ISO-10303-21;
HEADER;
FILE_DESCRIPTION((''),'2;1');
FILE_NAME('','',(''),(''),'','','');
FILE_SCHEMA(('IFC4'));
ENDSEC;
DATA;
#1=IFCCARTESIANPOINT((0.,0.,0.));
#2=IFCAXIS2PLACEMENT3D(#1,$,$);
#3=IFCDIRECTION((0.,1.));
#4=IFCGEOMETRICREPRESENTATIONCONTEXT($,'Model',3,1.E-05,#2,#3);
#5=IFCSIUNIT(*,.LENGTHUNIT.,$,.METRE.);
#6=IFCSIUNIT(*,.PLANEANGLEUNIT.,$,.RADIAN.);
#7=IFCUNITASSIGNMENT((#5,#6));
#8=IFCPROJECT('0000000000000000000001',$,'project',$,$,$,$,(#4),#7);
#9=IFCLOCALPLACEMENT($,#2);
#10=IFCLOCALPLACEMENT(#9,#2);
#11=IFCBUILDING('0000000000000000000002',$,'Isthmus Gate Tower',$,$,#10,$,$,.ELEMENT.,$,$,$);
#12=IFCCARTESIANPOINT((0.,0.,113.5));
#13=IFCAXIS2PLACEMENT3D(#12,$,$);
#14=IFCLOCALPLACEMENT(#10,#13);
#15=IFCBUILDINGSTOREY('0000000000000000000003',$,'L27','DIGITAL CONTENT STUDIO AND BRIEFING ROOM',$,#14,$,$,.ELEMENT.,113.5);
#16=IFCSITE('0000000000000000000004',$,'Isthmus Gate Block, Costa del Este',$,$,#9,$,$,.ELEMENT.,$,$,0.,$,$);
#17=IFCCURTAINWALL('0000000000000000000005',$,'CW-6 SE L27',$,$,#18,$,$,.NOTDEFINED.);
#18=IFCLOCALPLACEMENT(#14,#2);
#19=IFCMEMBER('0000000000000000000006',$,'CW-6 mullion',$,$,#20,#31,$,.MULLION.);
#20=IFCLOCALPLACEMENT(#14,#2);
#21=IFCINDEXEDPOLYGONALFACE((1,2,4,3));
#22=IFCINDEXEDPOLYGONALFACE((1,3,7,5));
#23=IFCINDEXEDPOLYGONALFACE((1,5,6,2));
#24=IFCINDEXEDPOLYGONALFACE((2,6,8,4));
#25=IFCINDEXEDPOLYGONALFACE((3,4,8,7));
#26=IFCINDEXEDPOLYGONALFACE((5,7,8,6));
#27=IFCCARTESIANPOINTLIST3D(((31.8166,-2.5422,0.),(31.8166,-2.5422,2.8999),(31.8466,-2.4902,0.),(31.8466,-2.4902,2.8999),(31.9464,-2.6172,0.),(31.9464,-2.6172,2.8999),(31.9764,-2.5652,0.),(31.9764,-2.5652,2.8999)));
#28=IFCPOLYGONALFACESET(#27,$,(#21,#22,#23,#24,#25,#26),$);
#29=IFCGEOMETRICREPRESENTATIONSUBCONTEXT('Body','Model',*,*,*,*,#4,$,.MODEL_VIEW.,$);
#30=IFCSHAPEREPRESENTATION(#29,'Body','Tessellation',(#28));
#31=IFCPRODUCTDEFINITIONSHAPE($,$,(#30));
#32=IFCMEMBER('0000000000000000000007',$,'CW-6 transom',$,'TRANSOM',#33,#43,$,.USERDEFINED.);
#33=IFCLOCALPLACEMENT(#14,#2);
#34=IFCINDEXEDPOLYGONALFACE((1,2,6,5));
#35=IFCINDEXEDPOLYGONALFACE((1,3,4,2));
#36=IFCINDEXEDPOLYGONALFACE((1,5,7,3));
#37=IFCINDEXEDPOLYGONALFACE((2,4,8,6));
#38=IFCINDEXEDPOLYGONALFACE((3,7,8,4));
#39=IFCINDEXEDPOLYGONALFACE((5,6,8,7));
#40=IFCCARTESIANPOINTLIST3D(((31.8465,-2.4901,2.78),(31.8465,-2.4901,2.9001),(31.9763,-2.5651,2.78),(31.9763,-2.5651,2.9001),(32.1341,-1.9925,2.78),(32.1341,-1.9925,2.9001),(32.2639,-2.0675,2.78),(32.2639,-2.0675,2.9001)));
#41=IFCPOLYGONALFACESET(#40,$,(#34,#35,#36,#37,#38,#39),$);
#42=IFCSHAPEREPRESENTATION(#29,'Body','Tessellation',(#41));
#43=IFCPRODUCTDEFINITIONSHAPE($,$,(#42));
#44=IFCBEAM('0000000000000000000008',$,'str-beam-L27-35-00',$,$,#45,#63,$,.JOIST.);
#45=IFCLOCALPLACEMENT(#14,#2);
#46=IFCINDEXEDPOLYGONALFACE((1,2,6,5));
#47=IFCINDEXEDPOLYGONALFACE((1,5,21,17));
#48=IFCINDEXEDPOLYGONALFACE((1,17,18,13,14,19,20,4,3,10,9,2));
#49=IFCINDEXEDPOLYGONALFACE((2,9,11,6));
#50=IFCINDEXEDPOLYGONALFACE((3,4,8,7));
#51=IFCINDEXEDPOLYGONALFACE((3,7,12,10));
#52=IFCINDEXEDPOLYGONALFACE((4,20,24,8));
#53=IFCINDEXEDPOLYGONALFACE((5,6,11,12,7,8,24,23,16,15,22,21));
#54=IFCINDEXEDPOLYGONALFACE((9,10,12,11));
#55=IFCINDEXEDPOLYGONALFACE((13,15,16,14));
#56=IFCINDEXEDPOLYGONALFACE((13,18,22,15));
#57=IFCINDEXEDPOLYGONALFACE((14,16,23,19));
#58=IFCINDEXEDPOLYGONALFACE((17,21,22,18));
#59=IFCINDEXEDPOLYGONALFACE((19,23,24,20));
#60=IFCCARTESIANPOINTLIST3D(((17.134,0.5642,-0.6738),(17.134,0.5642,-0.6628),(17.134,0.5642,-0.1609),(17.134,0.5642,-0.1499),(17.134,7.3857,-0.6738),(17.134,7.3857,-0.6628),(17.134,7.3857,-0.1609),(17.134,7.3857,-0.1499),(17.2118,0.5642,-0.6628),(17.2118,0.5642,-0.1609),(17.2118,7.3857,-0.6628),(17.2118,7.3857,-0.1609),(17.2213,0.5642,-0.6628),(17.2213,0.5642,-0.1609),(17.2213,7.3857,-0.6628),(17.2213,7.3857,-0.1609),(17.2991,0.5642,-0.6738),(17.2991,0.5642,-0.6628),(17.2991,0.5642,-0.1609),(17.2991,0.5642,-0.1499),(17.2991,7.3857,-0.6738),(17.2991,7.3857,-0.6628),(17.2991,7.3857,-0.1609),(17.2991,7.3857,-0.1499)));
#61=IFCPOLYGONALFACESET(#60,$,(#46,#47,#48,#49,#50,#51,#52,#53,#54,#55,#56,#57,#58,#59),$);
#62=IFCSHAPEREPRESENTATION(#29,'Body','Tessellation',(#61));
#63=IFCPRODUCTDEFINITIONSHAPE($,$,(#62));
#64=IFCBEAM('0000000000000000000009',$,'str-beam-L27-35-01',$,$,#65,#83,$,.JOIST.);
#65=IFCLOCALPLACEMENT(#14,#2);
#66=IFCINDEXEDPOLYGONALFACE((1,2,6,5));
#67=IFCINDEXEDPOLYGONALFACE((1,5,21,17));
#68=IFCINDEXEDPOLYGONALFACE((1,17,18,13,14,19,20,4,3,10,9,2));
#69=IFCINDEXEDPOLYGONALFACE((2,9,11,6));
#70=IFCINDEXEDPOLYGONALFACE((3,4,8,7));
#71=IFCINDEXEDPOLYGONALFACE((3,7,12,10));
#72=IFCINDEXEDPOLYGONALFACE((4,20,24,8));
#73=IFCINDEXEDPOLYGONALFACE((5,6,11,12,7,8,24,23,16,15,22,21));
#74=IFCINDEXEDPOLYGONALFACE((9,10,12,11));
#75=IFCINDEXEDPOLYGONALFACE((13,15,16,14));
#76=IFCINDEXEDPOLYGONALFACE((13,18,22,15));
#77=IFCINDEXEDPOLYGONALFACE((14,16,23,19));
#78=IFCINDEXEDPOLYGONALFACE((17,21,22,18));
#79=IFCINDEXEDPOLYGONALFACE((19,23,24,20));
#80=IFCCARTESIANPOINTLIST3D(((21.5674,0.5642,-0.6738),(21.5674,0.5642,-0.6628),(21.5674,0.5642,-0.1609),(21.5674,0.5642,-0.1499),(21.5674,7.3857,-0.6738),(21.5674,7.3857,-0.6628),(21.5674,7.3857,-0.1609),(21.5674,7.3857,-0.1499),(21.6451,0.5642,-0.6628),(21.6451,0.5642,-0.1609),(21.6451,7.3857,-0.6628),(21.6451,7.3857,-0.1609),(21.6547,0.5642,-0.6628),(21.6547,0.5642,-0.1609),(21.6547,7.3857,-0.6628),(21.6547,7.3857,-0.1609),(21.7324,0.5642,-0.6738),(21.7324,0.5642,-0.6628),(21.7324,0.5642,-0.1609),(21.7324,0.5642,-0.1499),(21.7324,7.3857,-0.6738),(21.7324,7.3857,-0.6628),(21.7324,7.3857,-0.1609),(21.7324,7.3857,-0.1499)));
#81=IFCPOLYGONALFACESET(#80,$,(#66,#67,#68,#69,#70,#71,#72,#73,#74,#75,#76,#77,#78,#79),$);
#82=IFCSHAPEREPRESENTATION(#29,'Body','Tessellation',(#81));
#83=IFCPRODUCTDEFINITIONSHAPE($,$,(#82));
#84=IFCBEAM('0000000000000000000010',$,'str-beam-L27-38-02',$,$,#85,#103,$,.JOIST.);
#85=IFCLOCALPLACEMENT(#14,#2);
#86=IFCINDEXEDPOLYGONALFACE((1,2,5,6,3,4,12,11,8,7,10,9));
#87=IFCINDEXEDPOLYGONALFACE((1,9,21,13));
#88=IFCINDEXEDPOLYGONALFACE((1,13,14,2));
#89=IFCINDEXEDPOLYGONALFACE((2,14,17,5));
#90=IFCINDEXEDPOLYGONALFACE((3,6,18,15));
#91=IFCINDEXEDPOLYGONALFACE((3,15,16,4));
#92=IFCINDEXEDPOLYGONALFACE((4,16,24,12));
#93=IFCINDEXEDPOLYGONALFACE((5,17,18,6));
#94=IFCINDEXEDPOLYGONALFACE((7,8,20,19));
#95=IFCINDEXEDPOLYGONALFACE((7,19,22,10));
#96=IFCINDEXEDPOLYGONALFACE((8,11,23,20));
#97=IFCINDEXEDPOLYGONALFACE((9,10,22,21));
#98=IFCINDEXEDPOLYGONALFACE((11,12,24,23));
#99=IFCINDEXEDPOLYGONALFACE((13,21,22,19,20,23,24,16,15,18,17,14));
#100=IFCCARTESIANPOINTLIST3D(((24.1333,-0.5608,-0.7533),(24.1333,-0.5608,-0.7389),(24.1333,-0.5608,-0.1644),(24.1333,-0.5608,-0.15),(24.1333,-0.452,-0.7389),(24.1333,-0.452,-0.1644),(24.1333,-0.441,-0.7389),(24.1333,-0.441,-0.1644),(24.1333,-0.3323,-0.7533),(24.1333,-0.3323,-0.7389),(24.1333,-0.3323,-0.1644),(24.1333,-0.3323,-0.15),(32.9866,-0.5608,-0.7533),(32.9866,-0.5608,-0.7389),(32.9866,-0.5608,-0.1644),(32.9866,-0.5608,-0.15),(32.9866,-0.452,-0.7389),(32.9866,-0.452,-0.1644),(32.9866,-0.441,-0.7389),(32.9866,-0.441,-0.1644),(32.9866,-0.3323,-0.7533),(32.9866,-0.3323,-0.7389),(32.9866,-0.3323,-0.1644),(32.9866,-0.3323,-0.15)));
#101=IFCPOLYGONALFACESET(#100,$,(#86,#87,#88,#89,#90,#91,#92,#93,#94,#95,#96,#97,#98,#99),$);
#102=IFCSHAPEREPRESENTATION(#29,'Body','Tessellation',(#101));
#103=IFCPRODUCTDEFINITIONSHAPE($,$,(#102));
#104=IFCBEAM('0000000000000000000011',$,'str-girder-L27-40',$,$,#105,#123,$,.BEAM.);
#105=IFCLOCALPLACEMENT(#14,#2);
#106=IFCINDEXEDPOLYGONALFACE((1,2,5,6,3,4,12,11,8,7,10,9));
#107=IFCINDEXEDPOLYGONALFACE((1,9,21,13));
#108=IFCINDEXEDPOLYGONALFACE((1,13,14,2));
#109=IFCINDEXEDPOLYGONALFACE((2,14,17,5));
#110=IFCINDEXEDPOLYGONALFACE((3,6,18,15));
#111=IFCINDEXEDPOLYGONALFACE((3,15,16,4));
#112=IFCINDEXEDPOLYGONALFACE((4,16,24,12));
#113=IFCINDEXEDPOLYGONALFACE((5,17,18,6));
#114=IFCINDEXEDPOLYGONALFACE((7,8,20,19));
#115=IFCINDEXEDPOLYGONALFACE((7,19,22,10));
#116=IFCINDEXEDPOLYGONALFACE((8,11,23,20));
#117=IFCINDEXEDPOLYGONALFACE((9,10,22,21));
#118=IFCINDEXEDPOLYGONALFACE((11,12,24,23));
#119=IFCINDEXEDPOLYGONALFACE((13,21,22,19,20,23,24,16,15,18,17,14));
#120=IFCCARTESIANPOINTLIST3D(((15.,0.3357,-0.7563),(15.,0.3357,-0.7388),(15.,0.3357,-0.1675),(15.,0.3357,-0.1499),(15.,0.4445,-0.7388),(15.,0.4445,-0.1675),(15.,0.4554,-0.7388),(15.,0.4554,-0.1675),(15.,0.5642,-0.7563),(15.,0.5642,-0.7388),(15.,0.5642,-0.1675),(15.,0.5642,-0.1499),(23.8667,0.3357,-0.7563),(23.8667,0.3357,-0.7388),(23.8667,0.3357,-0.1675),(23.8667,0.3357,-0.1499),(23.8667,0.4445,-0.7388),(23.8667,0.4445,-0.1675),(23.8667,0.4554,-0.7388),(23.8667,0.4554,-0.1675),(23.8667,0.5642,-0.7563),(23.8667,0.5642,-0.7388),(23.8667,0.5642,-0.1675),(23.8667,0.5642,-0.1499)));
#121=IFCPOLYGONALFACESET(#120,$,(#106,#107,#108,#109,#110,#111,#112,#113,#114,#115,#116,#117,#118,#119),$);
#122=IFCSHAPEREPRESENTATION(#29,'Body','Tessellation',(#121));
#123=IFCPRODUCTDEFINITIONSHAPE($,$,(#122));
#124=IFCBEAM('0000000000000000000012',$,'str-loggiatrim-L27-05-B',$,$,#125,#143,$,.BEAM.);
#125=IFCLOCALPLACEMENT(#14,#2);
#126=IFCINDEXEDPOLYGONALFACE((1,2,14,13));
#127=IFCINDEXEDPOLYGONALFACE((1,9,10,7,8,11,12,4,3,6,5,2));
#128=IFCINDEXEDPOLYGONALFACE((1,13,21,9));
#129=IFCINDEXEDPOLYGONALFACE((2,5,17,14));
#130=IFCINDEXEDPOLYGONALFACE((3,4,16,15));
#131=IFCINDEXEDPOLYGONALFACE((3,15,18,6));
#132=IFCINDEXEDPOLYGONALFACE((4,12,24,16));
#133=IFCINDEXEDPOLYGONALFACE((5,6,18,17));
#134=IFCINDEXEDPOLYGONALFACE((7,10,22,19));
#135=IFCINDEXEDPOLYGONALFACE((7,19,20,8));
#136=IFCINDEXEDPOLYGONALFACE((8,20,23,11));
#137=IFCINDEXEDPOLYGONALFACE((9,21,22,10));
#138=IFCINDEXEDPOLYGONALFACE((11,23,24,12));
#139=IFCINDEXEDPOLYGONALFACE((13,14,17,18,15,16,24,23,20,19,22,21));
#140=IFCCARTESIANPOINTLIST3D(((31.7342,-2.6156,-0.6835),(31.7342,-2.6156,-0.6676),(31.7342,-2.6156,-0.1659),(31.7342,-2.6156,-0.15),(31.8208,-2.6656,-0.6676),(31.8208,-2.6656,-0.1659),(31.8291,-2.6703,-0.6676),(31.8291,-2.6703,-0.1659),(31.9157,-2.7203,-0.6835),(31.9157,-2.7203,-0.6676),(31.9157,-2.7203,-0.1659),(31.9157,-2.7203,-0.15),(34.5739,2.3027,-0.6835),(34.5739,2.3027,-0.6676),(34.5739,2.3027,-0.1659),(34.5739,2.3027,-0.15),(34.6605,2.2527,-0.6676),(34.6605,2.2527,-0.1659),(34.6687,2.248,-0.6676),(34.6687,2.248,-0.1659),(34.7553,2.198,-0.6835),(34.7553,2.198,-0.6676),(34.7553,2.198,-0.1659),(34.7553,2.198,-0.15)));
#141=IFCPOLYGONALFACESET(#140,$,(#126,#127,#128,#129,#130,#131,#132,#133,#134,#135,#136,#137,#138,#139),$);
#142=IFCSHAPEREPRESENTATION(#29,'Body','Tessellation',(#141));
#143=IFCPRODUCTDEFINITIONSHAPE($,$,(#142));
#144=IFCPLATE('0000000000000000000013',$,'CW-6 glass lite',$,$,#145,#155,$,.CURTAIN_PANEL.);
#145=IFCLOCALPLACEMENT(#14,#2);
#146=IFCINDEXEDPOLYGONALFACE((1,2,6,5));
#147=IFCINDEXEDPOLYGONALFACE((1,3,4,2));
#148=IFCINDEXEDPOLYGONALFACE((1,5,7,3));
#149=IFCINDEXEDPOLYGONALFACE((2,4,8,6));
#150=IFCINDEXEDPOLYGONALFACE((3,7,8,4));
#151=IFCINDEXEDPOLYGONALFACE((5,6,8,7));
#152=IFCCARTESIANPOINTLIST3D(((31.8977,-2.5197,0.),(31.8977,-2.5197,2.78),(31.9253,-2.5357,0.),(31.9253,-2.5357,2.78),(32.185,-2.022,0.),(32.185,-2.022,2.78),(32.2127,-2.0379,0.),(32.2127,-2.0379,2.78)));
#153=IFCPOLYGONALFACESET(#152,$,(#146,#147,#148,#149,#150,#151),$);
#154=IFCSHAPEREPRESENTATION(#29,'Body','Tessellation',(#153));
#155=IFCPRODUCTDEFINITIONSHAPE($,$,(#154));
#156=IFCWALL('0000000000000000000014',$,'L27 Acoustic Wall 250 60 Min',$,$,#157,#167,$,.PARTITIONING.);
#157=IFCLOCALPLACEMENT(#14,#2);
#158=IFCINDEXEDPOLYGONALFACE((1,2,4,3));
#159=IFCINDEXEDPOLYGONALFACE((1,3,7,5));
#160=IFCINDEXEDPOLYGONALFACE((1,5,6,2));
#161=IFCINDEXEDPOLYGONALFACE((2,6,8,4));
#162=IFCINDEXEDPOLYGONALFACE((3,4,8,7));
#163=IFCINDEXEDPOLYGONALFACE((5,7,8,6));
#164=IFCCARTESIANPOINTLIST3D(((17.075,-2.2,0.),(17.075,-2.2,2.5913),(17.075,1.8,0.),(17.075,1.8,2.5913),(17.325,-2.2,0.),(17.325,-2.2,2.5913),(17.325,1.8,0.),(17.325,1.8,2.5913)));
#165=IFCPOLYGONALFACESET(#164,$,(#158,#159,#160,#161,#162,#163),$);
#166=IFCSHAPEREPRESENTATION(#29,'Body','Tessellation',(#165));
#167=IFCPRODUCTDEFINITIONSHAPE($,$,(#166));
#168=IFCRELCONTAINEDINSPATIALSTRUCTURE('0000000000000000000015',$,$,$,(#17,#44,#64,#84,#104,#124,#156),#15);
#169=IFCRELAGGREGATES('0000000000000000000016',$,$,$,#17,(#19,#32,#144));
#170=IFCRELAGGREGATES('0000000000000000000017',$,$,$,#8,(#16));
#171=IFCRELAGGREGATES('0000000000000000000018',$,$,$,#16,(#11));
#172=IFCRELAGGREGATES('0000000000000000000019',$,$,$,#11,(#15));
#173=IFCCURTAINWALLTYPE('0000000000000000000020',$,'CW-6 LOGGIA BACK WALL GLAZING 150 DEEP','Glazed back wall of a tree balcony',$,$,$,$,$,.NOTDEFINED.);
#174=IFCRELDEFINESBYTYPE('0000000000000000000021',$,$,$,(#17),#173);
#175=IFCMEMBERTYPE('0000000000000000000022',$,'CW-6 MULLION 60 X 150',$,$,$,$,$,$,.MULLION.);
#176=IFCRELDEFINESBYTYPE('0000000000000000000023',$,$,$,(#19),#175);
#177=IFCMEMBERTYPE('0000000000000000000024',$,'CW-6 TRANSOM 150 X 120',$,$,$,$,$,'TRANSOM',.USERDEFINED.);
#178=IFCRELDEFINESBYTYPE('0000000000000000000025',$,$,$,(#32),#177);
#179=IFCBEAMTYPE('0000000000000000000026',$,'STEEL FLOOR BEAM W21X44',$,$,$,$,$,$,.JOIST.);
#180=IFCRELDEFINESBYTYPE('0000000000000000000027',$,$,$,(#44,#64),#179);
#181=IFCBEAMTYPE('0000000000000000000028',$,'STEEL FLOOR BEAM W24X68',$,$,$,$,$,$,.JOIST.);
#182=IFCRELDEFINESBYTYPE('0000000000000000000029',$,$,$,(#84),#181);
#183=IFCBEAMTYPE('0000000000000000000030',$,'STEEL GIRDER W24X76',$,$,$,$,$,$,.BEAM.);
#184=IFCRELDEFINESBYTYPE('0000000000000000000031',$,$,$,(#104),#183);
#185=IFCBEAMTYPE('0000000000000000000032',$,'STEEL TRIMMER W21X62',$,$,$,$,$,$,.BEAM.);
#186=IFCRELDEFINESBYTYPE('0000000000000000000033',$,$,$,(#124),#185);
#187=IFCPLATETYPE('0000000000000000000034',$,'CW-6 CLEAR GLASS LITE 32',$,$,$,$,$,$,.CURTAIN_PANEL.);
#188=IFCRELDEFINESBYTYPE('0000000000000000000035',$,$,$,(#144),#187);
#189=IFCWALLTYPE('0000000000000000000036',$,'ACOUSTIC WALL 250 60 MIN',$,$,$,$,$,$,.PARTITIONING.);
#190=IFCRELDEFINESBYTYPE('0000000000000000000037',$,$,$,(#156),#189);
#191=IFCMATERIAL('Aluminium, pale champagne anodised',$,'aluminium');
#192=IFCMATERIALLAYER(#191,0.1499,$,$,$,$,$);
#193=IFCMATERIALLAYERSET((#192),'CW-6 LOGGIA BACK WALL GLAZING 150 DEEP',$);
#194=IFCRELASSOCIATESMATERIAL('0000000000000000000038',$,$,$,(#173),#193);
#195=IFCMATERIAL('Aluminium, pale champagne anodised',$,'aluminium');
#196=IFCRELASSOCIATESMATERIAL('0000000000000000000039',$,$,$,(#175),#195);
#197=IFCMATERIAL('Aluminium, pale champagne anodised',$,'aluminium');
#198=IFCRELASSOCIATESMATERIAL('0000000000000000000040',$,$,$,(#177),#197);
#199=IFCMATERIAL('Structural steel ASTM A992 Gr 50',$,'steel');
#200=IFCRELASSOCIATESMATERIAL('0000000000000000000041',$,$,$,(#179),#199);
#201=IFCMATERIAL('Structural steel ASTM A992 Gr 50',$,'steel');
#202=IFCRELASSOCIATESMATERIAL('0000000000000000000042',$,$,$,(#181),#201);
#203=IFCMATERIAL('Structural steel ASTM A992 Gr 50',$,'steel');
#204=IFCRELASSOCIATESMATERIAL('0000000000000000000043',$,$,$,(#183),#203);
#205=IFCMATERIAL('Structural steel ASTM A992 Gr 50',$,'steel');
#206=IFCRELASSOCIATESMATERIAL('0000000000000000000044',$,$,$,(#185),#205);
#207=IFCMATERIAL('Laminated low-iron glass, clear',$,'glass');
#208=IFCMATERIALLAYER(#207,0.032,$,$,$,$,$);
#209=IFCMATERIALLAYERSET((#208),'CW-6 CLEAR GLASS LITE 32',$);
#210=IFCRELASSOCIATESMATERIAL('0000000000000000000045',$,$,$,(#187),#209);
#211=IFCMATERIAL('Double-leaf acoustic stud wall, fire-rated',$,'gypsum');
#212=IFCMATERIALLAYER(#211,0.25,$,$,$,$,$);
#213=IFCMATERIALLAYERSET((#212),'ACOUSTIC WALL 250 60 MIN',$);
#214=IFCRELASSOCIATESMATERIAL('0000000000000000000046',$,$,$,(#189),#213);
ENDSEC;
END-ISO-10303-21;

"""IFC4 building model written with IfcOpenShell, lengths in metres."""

from ifc_helpers import new_model, si_unit, direction, frame, frame_2d, origin, origin_2d, place, context, subcontext, project, spatial, rectangle, i_section, extrude, material, layer, layer_set, material_profile, profile_set, type_object, element, aggregate, save


model = new_model("IFC4")

# Units and contexts
model_context = context("Model", 3, precision=1e-05, world=origin(), true_north=direction((0.0, 1.0)))
body_context = subcontext(model_context, "Body", "Model", "MODEL_VIEW")
ifc_project = project(units=[si_unit("LENGTHUNIT", "METRE"), si_unit("PLANEANGLEUNIT", "RADIAN")], contexts=[model_context])

# Site, building, storey
site_placement = place(None, origin())
site = spatial("IfcSite", under=ifc_project, at=site_placement, Name="Isthmus Gate Block, Costa del Este", CompositionType="ELEMENT", RefElevation=0.0)
building_placement = place(site_placement, origin())
building = spatial("IfcBuilding", under=site, at=building_placement, Name="Isthmus Gate Tower", CompositionType="ELEMENT")
storey_placement = place(building_placement, frame((0.0, 0.0, 113.5)))
storey = spatial("IfcBuildingStorey", under=building, at=storey_placement, Name="L27", Description="DIGITAL CONTENT STUDIO AND BRIEFING ROOM", CompositionType="ELEMENT", Elevation=113.5)

# Curtain wall, members
ifc_material_1 = material(Name="Aluminium, pale champagne anodised", Category="aluminium")
ifc_layer_1 = layer(ifc_material_1, 0.1499)
ifc_layer_set_1 = layer_set([ifc_layer_1], Name="CW-6 LOGGIA BACK WALL GLAZING 150 DEEP")
curtain_wall_type = type_object("IfcCurtainWallType", Name="CW-6 LOGGIA BACK WALL GLAZING 150 DEEP", Description="Glazed back wall of a tree balcony", PredefinedType="NOTDEFINED", material=ifc_layer_set_1)
curtain_wall_placement = place(storey_placement, origin())
curtain_wall = element("IfcCurtainWall", 1, at=curtain_wall_placement, inside=storey, type_object=curtain_wall_type, Name="CW-6 SE L27", PredefinedType="NOTDEFINED")
ifc_material_2 = material(Name="Aluminium, pale champagne anodised", Category="aluminium")
ifc_material_profile_1 = material_profile(ifc_material_2, rectangle(XDim=0.0601, YDim=0.1499, at=origin_2d()), Name="60x150")
ifc_profile_set_1 = profile_set([ifc_material_profile_1], Name="Aluminium, pale champagne anodised")
member_type_1 = type_object("IfcMemberType", Name="CW-6 MULLION 60 X 150", PredefinedType="MULLION", material=ifc_profile_set_1)
member_1_placement = place(storey_placement, frame((31.8965, -2.5537, 0.0), z_axis=(0.0, 0.0, 1.0), x_axis=(0.5, 0.866025, 0.0)))
member_1 = element("IfcMember", 2, at=member_1_placement, type_object=member_type_1, Name="CW-6 mullion", PredefinedType="MULLION", context=body_context, shape_type="SweptSolid", body=[
    extrude(rectangle(XDim=0.0601, YDim=0.1499, at=origin_2d()), origin(), (0.0, 0.0, 1.0), 2.8999),
])
ifc_material_3 = material(Name="Aluminium, pale champagne anodised", Category="aluminium")
ifc_material_profile_2 = material_profile(ifc_material_3, rectangle(XDim=0.1499, YDim=0.1201, at=origin_2d()), Name="150x120")
ifc_profile_set_2 = profile_set([ifc_material_profile_2], Name="Aluminium, pale champagne anodised")
member_type_2 = type_object("IfcMemberType", Name="CW-6 TRANSOM 150 X 120", ElementType="TRANSOM", PredefinedType="USERDEFINED", material=ifc_profile_set_2)
member_2_placement = place(storey_placement, frame((31.9114, -2.5276, 2.8401), z_axis=(0.500433, 0.865775, 0.0), x_axis=(-0.865775, 0.500433, 0.0)))
member_2 = element("IfcMember", 3, at=member_2_placement, type_object=member_type_2, Name="CW-6 transom", ObjectType="TRANSOM", PredefinedType="USERDEFINED", context=body_context, shape_type="SweptSolid", body=[
    extrude(rectangle(XDim=0.1499, YDim=0.1201, at=origin_2d()), origin(), (0.0, 0.0, 1.0), 0.5747),
])

# Beams
ifc_material_4 = material(Name="Structural steel ASTM A992 Gr 50", Category="steel")
ifc_material_profile_3 = material_profile(ifc_material_4, i_section(OverallWidth=0.165, OverallDepth=0.5239, WebThickness=0.0095, FlangeThickness=0.011, at=origin_2d()), Name="W21X44")
ifc_profile_set_3 = profile_set([ifc_material_profile_3], Name="Structural steel ASTM A992 Gr 50")
beam_type_1 = type_object("IfcBeamType", Name="STEEL FLOOR BEAM W21X44", PredefinedType="JOIST", material=ifc_profile_set_3)
for number, where, z_axis, x_axis, name in (
    (4, (17.2166, 0.5642, -0.4119), (0.0, 1.0, 0.0), (-1.0, 0.0, 0.0), "str-beam-L27-35-00"),
    (5, (21.6499, 0.5642, -0.4119), (0.0, 1.0, 0.0), (-1.0, 0.0, 0.0), "str-beam-L27-35-01"),
):
    element("IfcBeam", number, at=place(storey_placement, frame(where, z_axis=z_axis, x_axis=x_axis)), inside=storey, type_object=beam_type_1, Name=name, PredefinedType="JOIST", context=body_context, shape_type="SweptSolid", body=[
        extrude(i_section(OverallWidth=0.165, OverallDepth=0.5239, WebThickness=0.0095, FlangeThickness=0.011, at=origin_2d()), origin(), (0.0, 0.0, 1.0), 6.8215),
    ])
ifc_material_5 = material(Name="Structural steel ASTM A992 Gr 50", Category="steel")
ifc_material_profile_4 = material_profile(ifc_material_5, i_section(OverallWidth=0.2285, OverallDepth=0.6033, WebThickness=0.011, FlangeThickness=0.0144, at=origin_2d()), Name="W24X68")
ifc_profile_set_4 = profile_set([ifc_material_profile_4], Name="Structural steel ASTM A992 Gr 50")
beam_type_2 = type_object("IfcBeamType", Name="STEEL FLOOR BEAM W24X68", PredefinedType="JOIST", material=ifc_profile_set_4)
beam_1_placement = place(storey_placement, frame((24.1333, -0.4465, -0.4517), z_axis=(1.0, 0.0, 0.0), x_axis=(0.0, 1.0, 0.0)))
element("IfcBeam", 6, at=beam_1_placement, inside=storey, type_object=beam_type_2, Name="str-beam-L27-38-02", PredefinedType="JOIST", context=body_context, shape_type="SweptSolid", body=[
    extrude(i_section(OverallWidth=0.2285, OverallDepth=0.6033, WebThickness=0.011, FlangeThickness=0.0144, at=origin_2d()), origin(), (0.0, 0.0, 1.0), 8.8533),
])
ifc_material_6 = material(Name="Structural steel ASTM A992 Gr 50", Category="steel")
ifc_material_profile_5 = material_profile(ifc_material_6, i_section(OverallWidth=0.2285, OverallDepth=0.6064, WebThickness=0.011, FlangeThickness=0.0176, at=origin_2d()), Name="W24X76")
ifc_profile_set_5 = profile_set([ifc_material_profile_5], Name="Structural steel ASTM A992 Gr 50")
beam_type_3 = type_object("IfcBeamType", Name="STEEL GIRDER W24X76", PredefinedType="BEAM", material=ifc_profile_set_5)
beam_2_placement = place(storey_placement, frame((15.0, 0.45, -0.4531), z_axis=(1.0, 0.0, 0.0), x_axis=(0.0, 1.0, 0.0)))
element("IfcBeam", 7, at=beam_2_placement, inside=storey, type_object=beam_type_3, Name="str-girder-L27-40", PredefinedType="BEAM", context=body_context, shape_type="SweptSolid", body=[
    extrude(i_section(OverallWidth=0.2285, OverallDepth=0.6064, WebThickness=0.011, FlangeThickness=0.0176, at=origin_2d()), origin(), (0.0, 0.0, 1.0), 8.8667),
])
ifc_material_7 = material(Name="Structural steel ASTM A992 Gr 50", Category="steel")
ifc_material_profile_6 = material_profile(ifc_material_7, i_section(OverallWidth=0.2095, OverallDepth=0.5334, WebThickness=0.0095, FlangeThickness=0.0159, at=origin_2d()), Name="W21X62")
ifc_profile_set_6 = profile_set([ifc_material_profile_6], Name="Structural steel ASTM A992 Gr 50")
beam_type_4 = type_object("IfcBeamType", Name="STEEL TRIMMER W21X62", PredefinedType="BEAM", material=ifc_profile_set_6)
beam_3_placement = place(storey_placement, frame((31.825, -2.668, -0.4167), z_axis=(0.500009, 0.86602, 0.0), x_axis=(-0.86602, 0.500009, 0.0)))
element("IfcBeam", 8, at=beam_3_placement, inside=storey, type_object=beam_type_4, Name="str-loggiatrim-L27-05-B", PredefinedType="BEAM", context=body_context, shape_type="SweptSolid", body=[
    extrude(i_section(OverallWidth=0.2095, OverallDepth=0.5334, WebThickness=0.0095, FlangeThickness=0.0159, at=origin_2d()), origin(), (0.0, 0.0, 1.0), 5.6792),
])

# Plate
ifc_material_8 = material(Name="Laminated low-iron glass, clear", Category="glass")
ifc_layer_2 = layer(ifc_material_8, 0.032)
ifc_layer_set_2 = layer_set([ifc_layer_2], Name="CW-6 CLEAR GLASS LITE 32")
plate_type = type_object("IfcPlateType", Name="CW-6 CLEAR GLASS LITE 32", PredefinedType="CURTAIN_PANEL", material=ifc_layer_set_2)
plate_placement = place(storey_placement, frame((32.0552, -2.2788, 0.0), z_axis=(0.0, 0.0, 1.0), x_axis=(0.5, 0.866025, 0.0)))
plate = element("IfcPlate", 9, at=plate_placement, type_object=plate_type, Name="CW-6 glass lite", PredefinedType="CURTAIN_PANEL", context=body_context, shape_type="SweptSolid", body=[
    extrude(rectangle(XDim=0.5747, YDim=0.032, at=origin_2d()), origin(), (0.0, 0.0, 1.0), 2.78),
])
aggregate(curtain_wall, [member_1, member_2, plate])

# Wall
ifc_material_9 = material(Name="Double-leaf acoustic stud wall, fire-rated", Category="gypsum")
ifc_layer_3 = layer(ifc_material_9, 0.25)
ifc_layer_set_3 = layer_set([ifc_layer_3], Name="ACOUSTIC WALL 250 60 MIN")
wall_type_1 = type_object("IfcWallType", Name="ACOUSTIC WALL 250 60 MIN", PredefinedType="PARTITIONING", material=ifc_layer_set_3)
wall_1_placement = place(storey_placement, frame((17.2, 1.8, 0.0), z_axis=(0.0, 0.0, 1.0), x_axis=(0.0, -1.0, 0.0)))
element("IfcWall", 10, at=wall_1_placement, inside=storey, type_object=wall_type_1, Name="L27 Acoustic Wall 250 60 Min", PredefinedType="PARTITIONING", context=body_context, shape_type="SweptSolid", body=[
    extrude(rectangle(XDim=4.0, YDim=0.25, at=frame_2d((2.0, 0.0))), origin(), (0.0, 0.0, 1.0), 2.5913),
])

save(model, "model.ifc")
